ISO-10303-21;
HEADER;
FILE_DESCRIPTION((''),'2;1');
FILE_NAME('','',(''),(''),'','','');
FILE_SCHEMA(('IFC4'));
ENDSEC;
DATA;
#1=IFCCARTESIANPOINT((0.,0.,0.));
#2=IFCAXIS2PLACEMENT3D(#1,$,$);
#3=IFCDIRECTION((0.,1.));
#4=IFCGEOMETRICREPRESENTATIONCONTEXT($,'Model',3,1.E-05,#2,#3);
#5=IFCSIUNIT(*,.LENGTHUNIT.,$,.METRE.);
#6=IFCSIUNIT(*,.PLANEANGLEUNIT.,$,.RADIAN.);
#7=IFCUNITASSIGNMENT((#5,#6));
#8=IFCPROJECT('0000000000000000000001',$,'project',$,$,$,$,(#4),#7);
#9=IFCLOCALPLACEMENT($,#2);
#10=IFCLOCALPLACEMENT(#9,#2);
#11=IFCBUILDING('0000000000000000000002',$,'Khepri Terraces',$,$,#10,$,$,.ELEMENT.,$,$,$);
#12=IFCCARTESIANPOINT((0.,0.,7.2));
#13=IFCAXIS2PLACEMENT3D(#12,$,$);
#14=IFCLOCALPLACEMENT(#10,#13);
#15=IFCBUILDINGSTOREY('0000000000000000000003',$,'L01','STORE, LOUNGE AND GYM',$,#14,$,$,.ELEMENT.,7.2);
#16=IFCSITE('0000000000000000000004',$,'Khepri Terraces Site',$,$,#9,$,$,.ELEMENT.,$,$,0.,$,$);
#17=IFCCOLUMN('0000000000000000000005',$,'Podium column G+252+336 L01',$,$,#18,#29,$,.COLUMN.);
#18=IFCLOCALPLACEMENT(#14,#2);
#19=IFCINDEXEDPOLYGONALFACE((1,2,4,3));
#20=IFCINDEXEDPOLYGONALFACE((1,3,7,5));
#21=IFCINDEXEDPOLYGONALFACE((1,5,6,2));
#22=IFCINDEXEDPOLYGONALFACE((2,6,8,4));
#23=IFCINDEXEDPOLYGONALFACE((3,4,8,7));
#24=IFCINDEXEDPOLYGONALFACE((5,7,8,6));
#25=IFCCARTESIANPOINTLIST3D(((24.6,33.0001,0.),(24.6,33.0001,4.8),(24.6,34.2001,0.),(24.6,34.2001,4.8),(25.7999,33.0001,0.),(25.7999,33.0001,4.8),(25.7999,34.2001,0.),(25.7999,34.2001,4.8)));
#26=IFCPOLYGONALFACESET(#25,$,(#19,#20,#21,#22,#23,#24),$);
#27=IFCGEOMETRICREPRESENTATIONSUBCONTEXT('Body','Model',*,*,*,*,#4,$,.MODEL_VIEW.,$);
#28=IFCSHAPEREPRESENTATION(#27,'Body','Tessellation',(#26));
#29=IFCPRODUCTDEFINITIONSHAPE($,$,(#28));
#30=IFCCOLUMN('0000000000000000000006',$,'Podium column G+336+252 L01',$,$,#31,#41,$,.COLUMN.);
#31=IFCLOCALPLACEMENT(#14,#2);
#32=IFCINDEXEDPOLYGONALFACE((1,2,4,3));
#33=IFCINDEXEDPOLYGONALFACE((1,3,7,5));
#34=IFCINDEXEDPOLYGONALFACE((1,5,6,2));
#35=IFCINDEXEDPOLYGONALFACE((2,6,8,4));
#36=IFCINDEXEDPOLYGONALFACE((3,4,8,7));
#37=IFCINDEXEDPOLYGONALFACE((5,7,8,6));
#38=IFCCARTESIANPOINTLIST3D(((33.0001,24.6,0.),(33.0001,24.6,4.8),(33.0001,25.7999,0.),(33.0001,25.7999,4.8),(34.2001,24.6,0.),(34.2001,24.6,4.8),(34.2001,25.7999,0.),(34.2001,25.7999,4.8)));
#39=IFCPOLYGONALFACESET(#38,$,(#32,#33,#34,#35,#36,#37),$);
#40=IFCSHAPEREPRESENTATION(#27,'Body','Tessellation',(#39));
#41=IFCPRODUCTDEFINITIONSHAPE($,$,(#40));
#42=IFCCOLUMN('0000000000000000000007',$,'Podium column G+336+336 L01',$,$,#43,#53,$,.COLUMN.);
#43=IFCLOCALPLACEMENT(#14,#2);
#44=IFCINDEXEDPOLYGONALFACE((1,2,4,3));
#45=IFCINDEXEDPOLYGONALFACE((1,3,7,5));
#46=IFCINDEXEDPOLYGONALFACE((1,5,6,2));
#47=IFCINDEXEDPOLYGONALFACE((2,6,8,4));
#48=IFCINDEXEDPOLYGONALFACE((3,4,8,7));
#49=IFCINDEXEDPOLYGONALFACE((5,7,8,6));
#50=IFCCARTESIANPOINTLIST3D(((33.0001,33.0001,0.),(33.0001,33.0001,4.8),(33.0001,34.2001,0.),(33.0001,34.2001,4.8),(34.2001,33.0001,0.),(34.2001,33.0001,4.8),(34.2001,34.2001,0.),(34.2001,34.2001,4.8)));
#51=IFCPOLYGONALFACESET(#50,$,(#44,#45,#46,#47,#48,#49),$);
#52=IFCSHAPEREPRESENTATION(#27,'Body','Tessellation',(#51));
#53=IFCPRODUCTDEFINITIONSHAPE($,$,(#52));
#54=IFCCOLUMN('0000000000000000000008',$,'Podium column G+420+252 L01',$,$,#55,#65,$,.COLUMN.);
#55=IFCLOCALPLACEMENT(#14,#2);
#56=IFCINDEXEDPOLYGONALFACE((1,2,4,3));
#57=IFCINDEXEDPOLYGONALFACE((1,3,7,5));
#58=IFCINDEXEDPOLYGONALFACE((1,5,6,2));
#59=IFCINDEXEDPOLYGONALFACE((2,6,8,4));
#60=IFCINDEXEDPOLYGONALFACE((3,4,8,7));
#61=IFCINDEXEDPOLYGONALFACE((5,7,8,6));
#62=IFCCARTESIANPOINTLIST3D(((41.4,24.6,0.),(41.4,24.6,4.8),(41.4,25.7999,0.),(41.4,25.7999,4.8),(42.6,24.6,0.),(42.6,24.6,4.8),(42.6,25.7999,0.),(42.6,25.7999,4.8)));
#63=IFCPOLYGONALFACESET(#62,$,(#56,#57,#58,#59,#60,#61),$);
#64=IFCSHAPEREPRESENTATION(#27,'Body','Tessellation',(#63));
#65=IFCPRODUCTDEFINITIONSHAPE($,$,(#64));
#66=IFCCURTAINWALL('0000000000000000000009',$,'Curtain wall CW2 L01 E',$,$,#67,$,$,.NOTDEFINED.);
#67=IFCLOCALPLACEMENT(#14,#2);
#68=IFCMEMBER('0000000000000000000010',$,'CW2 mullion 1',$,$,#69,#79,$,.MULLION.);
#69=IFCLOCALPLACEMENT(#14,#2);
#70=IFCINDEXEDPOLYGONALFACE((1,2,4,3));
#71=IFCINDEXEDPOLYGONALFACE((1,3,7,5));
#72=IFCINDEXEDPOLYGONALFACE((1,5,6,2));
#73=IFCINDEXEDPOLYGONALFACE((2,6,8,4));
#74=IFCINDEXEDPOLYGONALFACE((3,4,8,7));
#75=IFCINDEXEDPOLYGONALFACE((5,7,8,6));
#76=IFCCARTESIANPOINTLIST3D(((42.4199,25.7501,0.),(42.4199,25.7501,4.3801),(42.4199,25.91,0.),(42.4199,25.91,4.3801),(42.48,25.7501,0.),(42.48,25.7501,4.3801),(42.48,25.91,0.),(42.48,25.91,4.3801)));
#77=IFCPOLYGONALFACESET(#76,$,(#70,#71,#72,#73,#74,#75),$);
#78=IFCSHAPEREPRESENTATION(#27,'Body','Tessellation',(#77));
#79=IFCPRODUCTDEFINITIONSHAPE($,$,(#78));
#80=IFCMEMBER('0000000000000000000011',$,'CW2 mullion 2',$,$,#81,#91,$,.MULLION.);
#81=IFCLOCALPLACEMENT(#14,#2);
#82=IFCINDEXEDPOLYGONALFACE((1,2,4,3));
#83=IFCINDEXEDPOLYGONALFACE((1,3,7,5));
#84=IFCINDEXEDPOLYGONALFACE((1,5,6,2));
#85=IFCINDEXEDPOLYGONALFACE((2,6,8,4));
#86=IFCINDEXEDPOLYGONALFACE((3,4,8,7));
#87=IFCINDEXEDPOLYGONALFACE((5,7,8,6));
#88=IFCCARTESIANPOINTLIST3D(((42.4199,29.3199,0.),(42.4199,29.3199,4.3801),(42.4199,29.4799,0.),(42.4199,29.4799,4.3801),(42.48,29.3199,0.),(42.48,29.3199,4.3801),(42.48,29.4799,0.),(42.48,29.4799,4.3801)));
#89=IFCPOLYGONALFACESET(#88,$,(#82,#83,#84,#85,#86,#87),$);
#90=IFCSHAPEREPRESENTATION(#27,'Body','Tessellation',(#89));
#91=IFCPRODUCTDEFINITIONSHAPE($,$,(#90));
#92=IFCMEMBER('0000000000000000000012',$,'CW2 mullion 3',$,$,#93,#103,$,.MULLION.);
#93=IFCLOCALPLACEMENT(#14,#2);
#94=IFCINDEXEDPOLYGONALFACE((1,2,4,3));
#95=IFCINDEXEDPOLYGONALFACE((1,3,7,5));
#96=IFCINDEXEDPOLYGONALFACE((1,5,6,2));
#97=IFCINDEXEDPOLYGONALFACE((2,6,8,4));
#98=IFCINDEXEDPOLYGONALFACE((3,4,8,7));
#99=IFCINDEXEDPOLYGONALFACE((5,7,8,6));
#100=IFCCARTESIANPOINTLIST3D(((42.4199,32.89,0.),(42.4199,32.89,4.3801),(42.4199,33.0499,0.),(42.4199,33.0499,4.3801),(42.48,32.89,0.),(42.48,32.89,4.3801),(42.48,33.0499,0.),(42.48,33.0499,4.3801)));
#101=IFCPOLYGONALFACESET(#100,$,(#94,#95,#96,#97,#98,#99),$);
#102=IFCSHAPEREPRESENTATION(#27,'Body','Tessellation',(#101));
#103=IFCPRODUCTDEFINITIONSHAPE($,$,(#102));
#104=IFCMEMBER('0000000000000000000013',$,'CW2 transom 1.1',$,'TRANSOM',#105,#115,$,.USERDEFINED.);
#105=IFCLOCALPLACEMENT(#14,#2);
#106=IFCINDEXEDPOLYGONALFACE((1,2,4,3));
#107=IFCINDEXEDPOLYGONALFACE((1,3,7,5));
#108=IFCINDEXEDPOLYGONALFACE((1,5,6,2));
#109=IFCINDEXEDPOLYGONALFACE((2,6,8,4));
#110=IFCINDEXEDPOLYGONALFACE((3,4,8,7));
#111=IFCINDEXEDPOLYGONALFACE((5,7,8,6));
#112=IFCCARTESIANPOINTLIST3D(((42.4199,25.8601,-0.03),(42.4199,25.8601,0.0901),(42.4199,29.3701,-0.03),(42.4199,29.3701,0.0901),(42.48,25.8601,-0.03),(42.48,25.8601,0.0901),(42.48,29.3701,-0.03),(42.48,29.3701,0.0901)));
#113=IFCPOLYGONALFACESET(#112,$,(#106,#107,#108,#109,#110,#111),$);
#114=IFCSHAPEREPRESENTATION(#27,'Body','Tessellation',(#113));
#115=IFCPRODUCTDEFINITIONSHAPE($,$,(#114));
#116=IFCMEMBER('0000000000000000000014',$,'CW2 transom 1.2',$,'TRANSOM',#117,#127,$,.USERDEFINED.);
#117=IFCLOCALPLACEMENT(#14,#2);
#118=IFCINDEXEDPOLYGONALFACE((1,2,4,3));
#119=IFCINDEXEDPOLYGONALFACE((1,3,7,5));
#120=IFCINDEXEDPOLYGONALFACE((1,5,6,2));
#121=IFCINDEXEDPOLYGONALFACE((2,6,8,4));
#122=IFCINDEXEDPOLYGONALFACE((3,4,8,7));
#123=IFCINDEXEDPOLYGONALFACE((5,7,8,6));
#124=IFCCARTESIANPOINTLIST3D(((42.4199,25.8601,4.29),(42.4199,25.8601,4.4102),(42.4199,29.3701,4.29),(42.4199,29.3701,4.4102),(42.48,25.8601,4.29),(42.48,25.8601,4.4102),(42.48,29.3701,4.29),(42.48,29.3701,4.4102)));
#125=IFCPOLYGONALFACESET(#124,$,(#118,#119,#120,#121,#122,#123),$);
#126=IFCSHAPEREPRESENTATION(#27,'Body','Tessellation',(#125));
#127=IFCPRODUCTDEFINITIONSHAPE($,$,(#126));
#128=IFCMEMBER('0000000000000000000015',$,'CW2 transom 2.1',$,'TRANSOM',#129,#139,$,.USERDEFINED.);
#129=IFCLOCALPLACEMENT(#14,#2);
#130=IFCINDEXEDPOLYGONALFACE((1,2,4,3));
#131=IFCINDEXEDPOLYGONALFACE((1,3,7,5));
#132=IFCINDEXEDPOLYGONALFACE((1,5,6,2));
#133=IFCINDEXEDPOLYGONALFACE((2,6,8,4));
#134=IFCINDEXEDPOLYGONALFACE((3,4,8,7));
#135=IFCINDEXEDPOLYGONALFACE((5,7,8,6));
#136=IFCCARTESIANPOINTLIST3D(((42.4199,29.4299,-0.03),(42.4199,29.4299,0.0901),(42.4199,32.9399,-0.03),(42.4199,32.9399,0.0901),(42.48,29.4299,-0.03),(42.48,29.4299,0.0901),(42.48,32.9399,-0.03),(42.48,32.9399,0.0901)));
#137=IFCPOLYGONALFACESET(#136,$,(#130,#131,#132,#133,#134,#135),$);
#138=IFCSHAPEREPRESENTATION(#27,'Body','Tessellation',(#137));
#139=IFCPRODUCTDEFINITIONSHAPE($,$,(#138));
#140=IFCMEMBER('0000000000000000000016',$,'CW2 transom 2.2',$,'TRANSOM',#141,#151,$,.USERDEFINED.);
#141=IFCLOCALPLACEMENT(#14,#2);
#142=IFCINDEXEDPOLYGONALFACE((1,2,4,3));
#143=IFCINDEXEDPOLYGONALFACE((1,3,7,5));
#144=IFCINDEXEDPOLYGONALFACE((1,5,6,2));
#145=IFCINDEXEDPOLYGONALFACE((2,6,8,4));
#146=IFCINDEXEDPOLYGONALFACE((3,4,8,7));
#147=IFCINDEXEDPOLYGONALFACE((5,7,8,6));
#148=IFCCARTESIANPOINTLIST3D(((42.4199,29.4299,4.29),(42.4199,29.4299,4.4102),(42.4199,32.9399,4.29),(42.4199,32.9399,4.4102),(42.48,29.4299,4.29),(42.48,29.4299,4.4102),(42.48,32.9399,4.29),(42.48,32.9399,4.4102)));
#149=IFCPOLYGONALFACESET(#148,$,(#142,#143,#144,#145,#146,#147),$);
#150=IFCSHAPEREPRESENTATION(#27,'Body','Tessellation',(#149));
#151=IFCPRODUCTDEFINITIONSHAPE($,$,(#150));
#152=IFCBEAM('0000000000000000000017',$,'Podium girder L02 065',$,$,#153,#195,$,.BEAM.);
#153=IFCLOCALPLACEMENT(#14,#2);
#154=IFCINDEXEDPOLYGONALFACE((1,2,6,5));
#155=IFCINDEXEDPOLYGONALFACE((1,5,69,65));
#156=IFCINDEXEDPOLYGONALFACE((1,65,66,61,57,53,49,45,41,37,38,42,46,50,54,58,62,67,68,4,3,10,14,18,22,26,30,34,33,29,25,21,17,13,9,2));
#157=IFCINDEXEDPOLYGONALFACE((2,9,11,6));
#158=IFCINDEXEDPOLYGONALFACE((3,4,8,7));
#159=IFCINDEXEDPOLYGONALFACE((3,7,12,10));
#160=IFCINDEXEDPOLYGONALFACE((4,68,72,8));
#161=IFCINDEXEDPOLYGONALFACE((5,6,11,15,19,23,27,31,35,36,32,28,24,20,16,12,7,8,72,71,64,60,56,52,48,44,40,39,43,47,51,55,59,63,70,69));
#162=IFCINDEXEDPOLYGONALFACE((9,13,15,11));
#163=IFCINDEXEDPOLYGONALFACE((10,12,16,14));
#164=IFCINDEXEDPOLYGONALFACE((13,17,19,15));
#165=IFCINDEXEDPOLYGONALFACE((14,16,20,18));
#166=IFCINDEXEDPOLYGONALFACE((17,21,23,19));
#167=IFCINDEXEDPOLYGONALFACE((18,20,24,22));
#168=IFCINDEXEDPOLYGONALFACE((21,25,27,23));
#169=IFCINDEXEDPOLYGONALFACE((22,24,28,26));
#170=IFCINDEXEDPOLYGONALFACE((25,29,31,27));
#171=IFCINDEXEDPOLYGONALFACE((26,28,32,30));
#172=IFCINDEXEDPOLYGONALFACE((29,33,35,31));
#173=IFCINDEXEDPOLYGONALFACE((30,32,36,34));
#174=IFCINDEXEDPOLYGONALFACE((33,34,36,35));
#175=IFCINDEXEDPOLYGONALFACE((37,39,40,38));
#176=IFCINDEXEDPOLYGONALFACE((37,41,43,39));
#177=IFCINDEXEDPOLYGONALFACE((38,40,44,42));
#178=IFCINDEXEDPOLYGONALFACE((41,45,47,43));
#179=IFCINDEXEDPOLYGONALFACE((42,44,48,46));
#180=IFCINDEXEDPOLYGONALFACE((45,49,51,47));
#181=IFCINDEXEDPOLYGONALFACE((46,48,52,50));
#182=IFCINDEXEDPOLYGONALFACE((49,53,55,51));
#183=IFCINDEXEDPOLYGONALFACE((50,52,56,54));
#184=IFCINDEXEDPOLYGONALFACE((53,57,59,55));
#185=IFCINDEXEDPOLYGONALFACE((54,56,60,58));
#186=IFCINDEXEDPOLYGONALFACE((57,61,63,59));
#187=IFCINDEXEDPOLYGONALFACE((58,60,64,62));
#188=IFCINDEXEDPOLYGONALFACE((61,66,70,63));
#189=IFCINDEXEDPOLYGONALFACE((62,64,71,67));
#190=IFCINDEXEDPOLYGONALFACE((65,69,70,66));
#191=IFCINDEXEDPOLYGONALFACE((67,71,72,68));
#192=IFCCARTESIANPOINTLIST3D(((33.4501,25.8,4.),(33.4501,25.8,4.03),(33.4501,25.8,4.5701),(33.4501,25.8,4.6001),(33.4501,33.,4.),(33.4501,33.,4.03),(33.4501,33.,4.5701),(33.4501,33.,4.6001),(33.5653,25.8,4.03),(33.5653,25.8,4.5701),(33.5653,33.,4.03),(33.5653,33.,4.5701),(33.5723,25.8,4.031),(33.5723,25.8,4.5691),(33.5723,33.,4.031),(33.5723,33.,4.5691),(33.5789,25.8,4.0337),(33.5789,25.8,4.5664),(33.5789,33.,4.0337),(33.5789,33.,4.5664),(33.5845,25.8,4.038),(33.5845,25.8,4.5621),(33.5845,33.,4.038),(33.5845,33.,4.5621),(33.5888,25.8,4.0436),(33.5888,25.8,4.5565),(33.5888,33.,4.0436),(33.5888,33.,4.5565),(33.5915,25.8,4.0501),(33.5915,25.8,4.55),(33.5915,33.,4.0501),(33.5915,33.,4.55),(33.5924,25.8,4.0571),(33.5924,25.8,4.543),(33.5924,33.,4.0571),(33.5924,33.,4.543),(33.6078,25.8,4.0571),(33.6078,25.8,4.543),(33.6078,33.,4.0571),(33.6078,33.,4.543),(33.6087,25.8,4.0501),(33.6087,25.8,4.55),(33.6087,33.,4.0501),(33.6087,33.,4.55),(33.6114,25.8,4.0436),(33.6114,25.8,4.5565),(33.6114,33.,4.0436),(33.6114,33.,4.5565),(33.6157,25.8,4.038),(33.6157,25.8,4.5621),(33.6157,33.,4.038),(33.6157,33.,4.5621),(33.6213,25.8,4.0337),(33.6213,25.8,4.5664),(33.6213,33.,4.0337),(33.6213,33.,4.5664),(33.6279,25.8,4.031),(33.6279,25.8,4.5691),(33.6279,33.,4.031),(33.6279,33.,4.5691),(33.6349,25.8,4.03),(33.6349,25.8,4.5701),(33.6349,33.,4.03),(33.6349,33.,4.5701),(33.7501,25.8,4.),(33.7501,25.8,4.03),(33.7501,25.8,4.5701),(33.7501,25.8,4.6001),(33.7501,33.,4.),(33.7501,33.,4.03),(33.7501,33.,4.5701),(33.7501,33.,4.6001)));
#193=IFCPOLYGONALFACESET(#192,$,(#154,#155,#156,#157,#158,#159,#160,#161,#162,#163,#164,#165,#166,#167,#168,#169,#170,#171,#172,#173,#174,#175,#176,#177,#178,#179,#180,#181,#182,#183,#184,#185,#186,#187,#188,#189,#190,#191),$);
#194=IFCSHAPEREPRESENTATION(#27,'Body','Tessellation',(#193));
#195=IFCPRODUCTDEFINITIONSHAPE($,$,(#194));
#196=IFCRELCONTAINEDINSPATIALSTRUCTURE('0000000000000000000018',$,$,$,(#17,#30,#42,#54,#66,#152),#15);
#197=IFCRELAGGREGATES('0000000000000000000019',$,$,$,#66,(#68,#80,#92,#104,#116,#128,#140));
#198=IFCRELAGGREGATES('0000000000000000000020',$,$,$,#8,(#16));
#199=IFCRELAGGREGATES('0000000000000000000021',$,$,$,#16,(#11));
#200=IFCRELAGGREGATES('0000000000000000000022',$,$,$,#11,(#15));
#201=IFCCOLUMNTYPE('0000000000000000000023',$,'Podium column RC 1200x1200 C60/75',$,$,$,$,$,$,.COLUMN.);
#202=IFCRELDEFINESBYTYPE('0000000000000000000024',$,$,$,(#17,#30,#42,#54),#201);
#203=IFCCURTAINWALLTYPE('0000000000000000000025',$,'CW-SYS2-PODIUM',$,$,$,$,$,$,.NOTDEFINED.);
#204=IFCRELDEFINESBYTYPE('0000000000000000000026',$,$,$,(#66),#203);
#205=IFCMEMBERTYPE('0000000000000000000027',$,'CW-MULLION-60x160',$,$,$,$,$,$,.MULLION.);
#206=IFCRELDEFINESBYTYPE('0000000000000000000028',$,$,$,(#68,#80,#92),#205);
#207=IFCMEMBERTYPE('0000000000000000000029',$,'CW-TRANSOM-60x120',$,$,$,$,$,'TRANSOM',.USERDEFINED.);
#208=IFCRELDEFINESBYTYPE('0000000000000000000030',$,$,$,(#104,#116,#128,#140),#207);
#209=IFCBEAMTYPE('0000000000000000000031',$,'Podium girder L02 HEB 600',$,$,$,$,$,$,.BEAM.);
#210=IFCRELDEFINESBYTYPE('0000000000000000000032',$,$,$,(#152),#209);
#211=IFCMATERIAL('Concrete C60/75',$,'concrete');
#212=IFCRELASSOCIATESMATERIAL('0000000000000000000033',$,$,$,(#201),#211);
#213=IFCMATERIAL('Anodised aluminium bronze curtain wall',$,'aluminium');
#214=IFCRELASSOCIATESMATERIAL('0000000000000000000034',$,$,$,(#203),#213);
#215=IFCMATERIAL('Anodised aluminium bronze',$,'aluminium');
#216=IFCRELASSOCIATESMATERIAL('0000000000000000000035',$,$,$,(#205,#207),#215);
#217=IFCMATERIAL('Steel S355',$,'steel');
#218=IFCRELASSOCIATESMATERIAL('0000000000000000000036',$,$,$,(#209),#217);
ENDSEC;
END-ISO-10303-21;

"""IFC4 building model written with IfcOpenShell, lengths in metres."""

from ifc_helpers import new_model, si_unit, direction, frame, origin, origin_2d, place, context, subcontext, project, spatial, rectangle, i_section, extrude, material, material_profile, profile_set, type_object, element, aggregate, save


model = new_model("IFC4")

# Units and contexts
model_context = context("Model", 3, precision=1e-05, world=origin(), true_north=direction((0.0, 1.0)))
body_context = subcontext(model_context, "Body", "Model", "MODEL_VIEW")
ifc_project = project(units=[si_unit("LENGTHUNIT", "METRE"), si_unit("PLANEANGLEUNIT", "RADIAN")], contexts=[model_context])

# Site, building, storey
site_placement = place(None, origin())
site = spatial("IfcSite", under=ifc_project, at=site_placement, Name="Khepri Terraces Site", CompositionType="ELEMENT", RefElevation=0.0)
building_placement = place(site_placement, origin())
building = spatial("IfcBuilding", under=site, at=building_placement, Name="Khepri Terraces", CompositionType="ELEMENT")
storey_placement = place(building_placement, frame((0.0, 0.0, 7.2)))
storey = spatial("IfcBuildingStorey", under=building, at=storey_placement, Name="L01", Description="STORE, LOUNGE AND GYM", CompositionType="ELEMENT", Elevation=7.2)

# Columns
ifc_material_1 = material(Name="Concrete C60/75", Category="concrete")
ifc_material_profile_1 = material_profile(ifc_material_1, rectangle(XDim=1.2, YDim=1.2, at=origin_2d()), Name="Concrete C60/75", Category="concrete")
ifc_profile_set_1 = profile_set([ifc_material_profile_1], Name="Concrete C60/75")
column_type = type_object("IfcColumnType", Name="Podium column RC 1200x1200 C60/75", PredefinedType="COLUMN", material=ifc_profile_set_1)
for number, where, z_axis, x_axis, name in (
    (1, (25.2, 33.6001, 0.0), (0.0, 0.0, 1.0), (1.0, 0.0, 0.0), "Podium column G+252+336 L01"),
    (2, (33.6001, 25.2, 0.0), (0.0, 0.0, 1.0), (1.0, 0.0, 0.0), "Podium column G+336+252 L01"),
    (3, (33.6001, 33.6001, 0.0), (0.0, 0.0, 1.0), (1.0, 0.0, 0.0), "Podium column G+336+336 L01"),
    (4, (42.0, 25.2, 0.0), (0.0, 0.0, 1.0), (1.0, 0.0, 0.0), "Podium column G+420+252 L01"),
):
    element("IfcColumn", number, at=place(storey_placement, frame(where, z_axis=z_axis, x_axis=x_axis)), inside=storey, type_object=column_type, Name=name, PredefinedType="COLUMN", context=body_context, shape_type="SweptSolid", body=[
        extrude(rectangle(XDim=1.2, YDim=1.2, at=origin_2d()), origin(), (0.0, 0.0, 1.0), 4.8),
    ])

# Curtain wall, members
ifc_material_2 = material(Name="Anodised aluminium bronze curtain wall", Category="aluminium")
curtain_wall_type = type_object("IfcCurtainWallType", Name="CW-SYS2-PODIUM", PredefinedType="NOTDEFINED", material=ifc_material_2)
curtain_wall_placement = place(storey_placement, origin())
curtain_wall = element("IfcCurtainWall", 5, at=curtain_wall_placement, inside=storey, type_object=curtain_wall_type, Name="Curtain wall CW2 L01 E", PredefinedType="NOTDEFINED")
ifc_material_3 = material(Name="Anodised aluminium bronze", Category="aluminium")
ifc_material_profile_2 = material_profile(ifc_material_3, rectangle(XDim=0.0601, YDim=0.1599, at=origin_2d()), Name="Anodised aluminium bronze", Category="aluminium")
ifc_profile_set_2 = profile_set([ifc_material_profile_2], Name="Anodised aluminium bronze")
member_type_1 = type_object("IfcMemberType", Name="CW-MULLION-60x160", PredefinedType="MULLION", material=ifc_profile_set_2)
member_1_placement = place(storey_placement, frame((42.45, 25.8301, 0.0), z_axis=(0.0, 0.0, 1.0), x_axis=(-1.0, 0.0, 0.0)))
member_1 = element("IfcMember", 6, at=member_1_placement, type_object=member_type_1, Name="CW2 mullion 1", PredefinedType="MULLION", context=body_context, shape_type="SweptSolid", body=[
    extrude(rectangle(XDim=0.0601, YDim=0.1599, at=origin_2d()), origin(), (0.0, 0.0, 1.0), 4.3801),
])
member_2_placement = place(storey_placement, frame((42.45, 29.3999, 0.0), z_axis=(0.0, 0.0, 1.0), x_axis=(-1.0, 0.0, 0.0)))
member_2 = element("IfcMember", 7, at=member_2_placement, type_object=member_type_1, Name="CW2 mullion 2", PredefinedType="MULLION", context=body_context, shape_type="SweptSolid", body=[
    extrude(rectangle(XDim=0.0601, YDim=0.1599, at=origin_2d()), origin(), (0.0, 0.0, 1.0), 4.3801),
])
member_3_placement = place(storey_placement, frame((42.45, 32.97, 0.0), z_axis=(0.0, 0.0, 1.0), x_axis=(-1.0, 0.0, 0.0)))
member_3 = element("IfcMember", 8, at=member_3_placement, type_object=member_type_1, Name="CW2 mullion 3", PredefinedType="MULLION", context=body_context, shape_type="SweptSolid", body=[
    extrude(rectangle(XDim=0.0601, YDim=0.1599, at=origin_2d()), origin(), (0.0, 0.0, 1.0), 4.3801),
])
ifc_material_profile_3 = material_profile(ifc_material_3, rectangle(XDim=0.0601, YDim=0.1201, at=origin_2d()), Name="Anodised aluminium bronze", Category="aluminium")
ifc_profile_set_3 = profile_set([ifc_material_profile_3], Name="Anodised aluminium bronze")
member_type_2 = type_object("IfcMemberType", Name="CW-TRANSOM-60x120", ElementType="TRANSOM", PredefinedType="USERDEFINED", material=ifc_profile_set_3)
member_4_placement = place(storey_placement, frame((42.45, 25.8601, 0.03), z_axis=(0.0, 1.0, 0.0), x_axis=(-1.0, 0.0, 0.0)))
member_4 = element("IfcMember", 9, at=member_4_placement, type_object=member_type_2, Name="CW2 transom 1.1", ObjectType="TRANSOM", PredefinedType="USERDEFINED", context=body_context, shape_type="SweptSolid", body=[
    extrude(rectangle(XDim=0.0601, YDim=0.1201, at=origin_2d()), origin(), (0.0, 0.0, 1.0), 3.51),
])
member_5_placement = place(storey_placement, frame((42.45, 25.8601, 4.3501), z_axis=(0.0, 1.0, 0.0), x_axis=(-1.0, 0.0, 0.0)))
member_5 = element("IfcMember", 10, at=member_5_placement, type_object=member_type_2, Name="CW2 transom 1.2", ObjectType="TRANSOM", PredefinedType="USERDEFINED", context=body_context, shape_type="SweptSolid", body=[
    extrude(rectangle(XDim=0.0601, YDim=0.1201, at=origin_2d()), origin(), (0.0, 0.0, 1.0), 3.51),
])
member_6_placement = place(storey_placement, frame((42.45, 29.4299, 0.03), z_axis=(0.0, 1.0, 0.0), x_axis=(-1.0, 0.0, 0.0)))
member_6 = element("IfcMember", 11, at=member_6_placement, type_object=member_type_2, Name="CW2 transom 2.1", ObjectType="TRANSOM", PredefinedType="USERDEFINED", context=body_context, shape_type="SweptSolid", body=[
    extrude(rectangle(XDim=0.0601, YDim=0.1201, at=origin_2d()), origin(), (0.0, 0.0, 1.0), 3.51),
])
member_7_placement = place(storey_placement, frame((42.45, 29.4299, 4.3501), z_axis=(0.0, 1.0, 0.0), x_axis=(-1.0, 0.0, 0.0)))
member_7 = element("IfcMember", 12, at=member_7_placement, type_object=member_type_2, Name="CW2 transom 2.2", ObjectType="TRANSOM", PredefinedType="USERDEFINED", context=body_context, shape_type="SweptSolid", body=[
    extrude(rectangle(XDim=0.0601, YDim=0.1201, at=origin_2d()), origin(), (0.0, 0.0, 1.0), 3.51),
])

# Beam
ifc_material_4 = material(Name="Steel S355", Category="steel")
ifc_material_profile_4 = material_profile(ifc_material_4, i_section(OverallWidth=0.3, OverallDepth=0.6001, WebThickness=0.0154, FlangeThickness=0.03, FilletRadius=0.0271, at=origin_2d()), Name="Steel S355", Category="steel")
ifc_profile_set_4 = profile_set([ifc_material_profile_4], Name="Steel S355")
beam_type_1 = type_object("IfcBeamType", Name="Podium girder L02 HEB 600", PredefinedType="BEAM", material=ifc_profile_set_4)
for number, where, z_axis, x_axis, name in (
    (13, (33.6001, 25.8, 4.3), (0.0, 1.0, 0.0), (-1.0, 0.0, 0.0), "Podium girder L02 065"),
):
    element("IfcBeam", number, at=place(storey_placement, frame(where, z_axis=z_axis, x_axis=x_axis)), inside=storey, type_object=beam_type_1, Name=name, PredefinedType="BEAM", context=body_context, shape_type="SweptSolid", body=[
        extrude(i_section(OverallWidth=0.3, OverallDepth=0.6001, WebThickness=0.0154, FlangeThickness=0.03, FilletRadius=0.0271, at=origin_2d()), origin(), (0.0, 0.0, 1.0), 7.2),
    ])

aggregate(curtain_wall, [member_1, member_2, member_3, member_4, member_5, member_6, member_7])

save(model, "model.ifc")
